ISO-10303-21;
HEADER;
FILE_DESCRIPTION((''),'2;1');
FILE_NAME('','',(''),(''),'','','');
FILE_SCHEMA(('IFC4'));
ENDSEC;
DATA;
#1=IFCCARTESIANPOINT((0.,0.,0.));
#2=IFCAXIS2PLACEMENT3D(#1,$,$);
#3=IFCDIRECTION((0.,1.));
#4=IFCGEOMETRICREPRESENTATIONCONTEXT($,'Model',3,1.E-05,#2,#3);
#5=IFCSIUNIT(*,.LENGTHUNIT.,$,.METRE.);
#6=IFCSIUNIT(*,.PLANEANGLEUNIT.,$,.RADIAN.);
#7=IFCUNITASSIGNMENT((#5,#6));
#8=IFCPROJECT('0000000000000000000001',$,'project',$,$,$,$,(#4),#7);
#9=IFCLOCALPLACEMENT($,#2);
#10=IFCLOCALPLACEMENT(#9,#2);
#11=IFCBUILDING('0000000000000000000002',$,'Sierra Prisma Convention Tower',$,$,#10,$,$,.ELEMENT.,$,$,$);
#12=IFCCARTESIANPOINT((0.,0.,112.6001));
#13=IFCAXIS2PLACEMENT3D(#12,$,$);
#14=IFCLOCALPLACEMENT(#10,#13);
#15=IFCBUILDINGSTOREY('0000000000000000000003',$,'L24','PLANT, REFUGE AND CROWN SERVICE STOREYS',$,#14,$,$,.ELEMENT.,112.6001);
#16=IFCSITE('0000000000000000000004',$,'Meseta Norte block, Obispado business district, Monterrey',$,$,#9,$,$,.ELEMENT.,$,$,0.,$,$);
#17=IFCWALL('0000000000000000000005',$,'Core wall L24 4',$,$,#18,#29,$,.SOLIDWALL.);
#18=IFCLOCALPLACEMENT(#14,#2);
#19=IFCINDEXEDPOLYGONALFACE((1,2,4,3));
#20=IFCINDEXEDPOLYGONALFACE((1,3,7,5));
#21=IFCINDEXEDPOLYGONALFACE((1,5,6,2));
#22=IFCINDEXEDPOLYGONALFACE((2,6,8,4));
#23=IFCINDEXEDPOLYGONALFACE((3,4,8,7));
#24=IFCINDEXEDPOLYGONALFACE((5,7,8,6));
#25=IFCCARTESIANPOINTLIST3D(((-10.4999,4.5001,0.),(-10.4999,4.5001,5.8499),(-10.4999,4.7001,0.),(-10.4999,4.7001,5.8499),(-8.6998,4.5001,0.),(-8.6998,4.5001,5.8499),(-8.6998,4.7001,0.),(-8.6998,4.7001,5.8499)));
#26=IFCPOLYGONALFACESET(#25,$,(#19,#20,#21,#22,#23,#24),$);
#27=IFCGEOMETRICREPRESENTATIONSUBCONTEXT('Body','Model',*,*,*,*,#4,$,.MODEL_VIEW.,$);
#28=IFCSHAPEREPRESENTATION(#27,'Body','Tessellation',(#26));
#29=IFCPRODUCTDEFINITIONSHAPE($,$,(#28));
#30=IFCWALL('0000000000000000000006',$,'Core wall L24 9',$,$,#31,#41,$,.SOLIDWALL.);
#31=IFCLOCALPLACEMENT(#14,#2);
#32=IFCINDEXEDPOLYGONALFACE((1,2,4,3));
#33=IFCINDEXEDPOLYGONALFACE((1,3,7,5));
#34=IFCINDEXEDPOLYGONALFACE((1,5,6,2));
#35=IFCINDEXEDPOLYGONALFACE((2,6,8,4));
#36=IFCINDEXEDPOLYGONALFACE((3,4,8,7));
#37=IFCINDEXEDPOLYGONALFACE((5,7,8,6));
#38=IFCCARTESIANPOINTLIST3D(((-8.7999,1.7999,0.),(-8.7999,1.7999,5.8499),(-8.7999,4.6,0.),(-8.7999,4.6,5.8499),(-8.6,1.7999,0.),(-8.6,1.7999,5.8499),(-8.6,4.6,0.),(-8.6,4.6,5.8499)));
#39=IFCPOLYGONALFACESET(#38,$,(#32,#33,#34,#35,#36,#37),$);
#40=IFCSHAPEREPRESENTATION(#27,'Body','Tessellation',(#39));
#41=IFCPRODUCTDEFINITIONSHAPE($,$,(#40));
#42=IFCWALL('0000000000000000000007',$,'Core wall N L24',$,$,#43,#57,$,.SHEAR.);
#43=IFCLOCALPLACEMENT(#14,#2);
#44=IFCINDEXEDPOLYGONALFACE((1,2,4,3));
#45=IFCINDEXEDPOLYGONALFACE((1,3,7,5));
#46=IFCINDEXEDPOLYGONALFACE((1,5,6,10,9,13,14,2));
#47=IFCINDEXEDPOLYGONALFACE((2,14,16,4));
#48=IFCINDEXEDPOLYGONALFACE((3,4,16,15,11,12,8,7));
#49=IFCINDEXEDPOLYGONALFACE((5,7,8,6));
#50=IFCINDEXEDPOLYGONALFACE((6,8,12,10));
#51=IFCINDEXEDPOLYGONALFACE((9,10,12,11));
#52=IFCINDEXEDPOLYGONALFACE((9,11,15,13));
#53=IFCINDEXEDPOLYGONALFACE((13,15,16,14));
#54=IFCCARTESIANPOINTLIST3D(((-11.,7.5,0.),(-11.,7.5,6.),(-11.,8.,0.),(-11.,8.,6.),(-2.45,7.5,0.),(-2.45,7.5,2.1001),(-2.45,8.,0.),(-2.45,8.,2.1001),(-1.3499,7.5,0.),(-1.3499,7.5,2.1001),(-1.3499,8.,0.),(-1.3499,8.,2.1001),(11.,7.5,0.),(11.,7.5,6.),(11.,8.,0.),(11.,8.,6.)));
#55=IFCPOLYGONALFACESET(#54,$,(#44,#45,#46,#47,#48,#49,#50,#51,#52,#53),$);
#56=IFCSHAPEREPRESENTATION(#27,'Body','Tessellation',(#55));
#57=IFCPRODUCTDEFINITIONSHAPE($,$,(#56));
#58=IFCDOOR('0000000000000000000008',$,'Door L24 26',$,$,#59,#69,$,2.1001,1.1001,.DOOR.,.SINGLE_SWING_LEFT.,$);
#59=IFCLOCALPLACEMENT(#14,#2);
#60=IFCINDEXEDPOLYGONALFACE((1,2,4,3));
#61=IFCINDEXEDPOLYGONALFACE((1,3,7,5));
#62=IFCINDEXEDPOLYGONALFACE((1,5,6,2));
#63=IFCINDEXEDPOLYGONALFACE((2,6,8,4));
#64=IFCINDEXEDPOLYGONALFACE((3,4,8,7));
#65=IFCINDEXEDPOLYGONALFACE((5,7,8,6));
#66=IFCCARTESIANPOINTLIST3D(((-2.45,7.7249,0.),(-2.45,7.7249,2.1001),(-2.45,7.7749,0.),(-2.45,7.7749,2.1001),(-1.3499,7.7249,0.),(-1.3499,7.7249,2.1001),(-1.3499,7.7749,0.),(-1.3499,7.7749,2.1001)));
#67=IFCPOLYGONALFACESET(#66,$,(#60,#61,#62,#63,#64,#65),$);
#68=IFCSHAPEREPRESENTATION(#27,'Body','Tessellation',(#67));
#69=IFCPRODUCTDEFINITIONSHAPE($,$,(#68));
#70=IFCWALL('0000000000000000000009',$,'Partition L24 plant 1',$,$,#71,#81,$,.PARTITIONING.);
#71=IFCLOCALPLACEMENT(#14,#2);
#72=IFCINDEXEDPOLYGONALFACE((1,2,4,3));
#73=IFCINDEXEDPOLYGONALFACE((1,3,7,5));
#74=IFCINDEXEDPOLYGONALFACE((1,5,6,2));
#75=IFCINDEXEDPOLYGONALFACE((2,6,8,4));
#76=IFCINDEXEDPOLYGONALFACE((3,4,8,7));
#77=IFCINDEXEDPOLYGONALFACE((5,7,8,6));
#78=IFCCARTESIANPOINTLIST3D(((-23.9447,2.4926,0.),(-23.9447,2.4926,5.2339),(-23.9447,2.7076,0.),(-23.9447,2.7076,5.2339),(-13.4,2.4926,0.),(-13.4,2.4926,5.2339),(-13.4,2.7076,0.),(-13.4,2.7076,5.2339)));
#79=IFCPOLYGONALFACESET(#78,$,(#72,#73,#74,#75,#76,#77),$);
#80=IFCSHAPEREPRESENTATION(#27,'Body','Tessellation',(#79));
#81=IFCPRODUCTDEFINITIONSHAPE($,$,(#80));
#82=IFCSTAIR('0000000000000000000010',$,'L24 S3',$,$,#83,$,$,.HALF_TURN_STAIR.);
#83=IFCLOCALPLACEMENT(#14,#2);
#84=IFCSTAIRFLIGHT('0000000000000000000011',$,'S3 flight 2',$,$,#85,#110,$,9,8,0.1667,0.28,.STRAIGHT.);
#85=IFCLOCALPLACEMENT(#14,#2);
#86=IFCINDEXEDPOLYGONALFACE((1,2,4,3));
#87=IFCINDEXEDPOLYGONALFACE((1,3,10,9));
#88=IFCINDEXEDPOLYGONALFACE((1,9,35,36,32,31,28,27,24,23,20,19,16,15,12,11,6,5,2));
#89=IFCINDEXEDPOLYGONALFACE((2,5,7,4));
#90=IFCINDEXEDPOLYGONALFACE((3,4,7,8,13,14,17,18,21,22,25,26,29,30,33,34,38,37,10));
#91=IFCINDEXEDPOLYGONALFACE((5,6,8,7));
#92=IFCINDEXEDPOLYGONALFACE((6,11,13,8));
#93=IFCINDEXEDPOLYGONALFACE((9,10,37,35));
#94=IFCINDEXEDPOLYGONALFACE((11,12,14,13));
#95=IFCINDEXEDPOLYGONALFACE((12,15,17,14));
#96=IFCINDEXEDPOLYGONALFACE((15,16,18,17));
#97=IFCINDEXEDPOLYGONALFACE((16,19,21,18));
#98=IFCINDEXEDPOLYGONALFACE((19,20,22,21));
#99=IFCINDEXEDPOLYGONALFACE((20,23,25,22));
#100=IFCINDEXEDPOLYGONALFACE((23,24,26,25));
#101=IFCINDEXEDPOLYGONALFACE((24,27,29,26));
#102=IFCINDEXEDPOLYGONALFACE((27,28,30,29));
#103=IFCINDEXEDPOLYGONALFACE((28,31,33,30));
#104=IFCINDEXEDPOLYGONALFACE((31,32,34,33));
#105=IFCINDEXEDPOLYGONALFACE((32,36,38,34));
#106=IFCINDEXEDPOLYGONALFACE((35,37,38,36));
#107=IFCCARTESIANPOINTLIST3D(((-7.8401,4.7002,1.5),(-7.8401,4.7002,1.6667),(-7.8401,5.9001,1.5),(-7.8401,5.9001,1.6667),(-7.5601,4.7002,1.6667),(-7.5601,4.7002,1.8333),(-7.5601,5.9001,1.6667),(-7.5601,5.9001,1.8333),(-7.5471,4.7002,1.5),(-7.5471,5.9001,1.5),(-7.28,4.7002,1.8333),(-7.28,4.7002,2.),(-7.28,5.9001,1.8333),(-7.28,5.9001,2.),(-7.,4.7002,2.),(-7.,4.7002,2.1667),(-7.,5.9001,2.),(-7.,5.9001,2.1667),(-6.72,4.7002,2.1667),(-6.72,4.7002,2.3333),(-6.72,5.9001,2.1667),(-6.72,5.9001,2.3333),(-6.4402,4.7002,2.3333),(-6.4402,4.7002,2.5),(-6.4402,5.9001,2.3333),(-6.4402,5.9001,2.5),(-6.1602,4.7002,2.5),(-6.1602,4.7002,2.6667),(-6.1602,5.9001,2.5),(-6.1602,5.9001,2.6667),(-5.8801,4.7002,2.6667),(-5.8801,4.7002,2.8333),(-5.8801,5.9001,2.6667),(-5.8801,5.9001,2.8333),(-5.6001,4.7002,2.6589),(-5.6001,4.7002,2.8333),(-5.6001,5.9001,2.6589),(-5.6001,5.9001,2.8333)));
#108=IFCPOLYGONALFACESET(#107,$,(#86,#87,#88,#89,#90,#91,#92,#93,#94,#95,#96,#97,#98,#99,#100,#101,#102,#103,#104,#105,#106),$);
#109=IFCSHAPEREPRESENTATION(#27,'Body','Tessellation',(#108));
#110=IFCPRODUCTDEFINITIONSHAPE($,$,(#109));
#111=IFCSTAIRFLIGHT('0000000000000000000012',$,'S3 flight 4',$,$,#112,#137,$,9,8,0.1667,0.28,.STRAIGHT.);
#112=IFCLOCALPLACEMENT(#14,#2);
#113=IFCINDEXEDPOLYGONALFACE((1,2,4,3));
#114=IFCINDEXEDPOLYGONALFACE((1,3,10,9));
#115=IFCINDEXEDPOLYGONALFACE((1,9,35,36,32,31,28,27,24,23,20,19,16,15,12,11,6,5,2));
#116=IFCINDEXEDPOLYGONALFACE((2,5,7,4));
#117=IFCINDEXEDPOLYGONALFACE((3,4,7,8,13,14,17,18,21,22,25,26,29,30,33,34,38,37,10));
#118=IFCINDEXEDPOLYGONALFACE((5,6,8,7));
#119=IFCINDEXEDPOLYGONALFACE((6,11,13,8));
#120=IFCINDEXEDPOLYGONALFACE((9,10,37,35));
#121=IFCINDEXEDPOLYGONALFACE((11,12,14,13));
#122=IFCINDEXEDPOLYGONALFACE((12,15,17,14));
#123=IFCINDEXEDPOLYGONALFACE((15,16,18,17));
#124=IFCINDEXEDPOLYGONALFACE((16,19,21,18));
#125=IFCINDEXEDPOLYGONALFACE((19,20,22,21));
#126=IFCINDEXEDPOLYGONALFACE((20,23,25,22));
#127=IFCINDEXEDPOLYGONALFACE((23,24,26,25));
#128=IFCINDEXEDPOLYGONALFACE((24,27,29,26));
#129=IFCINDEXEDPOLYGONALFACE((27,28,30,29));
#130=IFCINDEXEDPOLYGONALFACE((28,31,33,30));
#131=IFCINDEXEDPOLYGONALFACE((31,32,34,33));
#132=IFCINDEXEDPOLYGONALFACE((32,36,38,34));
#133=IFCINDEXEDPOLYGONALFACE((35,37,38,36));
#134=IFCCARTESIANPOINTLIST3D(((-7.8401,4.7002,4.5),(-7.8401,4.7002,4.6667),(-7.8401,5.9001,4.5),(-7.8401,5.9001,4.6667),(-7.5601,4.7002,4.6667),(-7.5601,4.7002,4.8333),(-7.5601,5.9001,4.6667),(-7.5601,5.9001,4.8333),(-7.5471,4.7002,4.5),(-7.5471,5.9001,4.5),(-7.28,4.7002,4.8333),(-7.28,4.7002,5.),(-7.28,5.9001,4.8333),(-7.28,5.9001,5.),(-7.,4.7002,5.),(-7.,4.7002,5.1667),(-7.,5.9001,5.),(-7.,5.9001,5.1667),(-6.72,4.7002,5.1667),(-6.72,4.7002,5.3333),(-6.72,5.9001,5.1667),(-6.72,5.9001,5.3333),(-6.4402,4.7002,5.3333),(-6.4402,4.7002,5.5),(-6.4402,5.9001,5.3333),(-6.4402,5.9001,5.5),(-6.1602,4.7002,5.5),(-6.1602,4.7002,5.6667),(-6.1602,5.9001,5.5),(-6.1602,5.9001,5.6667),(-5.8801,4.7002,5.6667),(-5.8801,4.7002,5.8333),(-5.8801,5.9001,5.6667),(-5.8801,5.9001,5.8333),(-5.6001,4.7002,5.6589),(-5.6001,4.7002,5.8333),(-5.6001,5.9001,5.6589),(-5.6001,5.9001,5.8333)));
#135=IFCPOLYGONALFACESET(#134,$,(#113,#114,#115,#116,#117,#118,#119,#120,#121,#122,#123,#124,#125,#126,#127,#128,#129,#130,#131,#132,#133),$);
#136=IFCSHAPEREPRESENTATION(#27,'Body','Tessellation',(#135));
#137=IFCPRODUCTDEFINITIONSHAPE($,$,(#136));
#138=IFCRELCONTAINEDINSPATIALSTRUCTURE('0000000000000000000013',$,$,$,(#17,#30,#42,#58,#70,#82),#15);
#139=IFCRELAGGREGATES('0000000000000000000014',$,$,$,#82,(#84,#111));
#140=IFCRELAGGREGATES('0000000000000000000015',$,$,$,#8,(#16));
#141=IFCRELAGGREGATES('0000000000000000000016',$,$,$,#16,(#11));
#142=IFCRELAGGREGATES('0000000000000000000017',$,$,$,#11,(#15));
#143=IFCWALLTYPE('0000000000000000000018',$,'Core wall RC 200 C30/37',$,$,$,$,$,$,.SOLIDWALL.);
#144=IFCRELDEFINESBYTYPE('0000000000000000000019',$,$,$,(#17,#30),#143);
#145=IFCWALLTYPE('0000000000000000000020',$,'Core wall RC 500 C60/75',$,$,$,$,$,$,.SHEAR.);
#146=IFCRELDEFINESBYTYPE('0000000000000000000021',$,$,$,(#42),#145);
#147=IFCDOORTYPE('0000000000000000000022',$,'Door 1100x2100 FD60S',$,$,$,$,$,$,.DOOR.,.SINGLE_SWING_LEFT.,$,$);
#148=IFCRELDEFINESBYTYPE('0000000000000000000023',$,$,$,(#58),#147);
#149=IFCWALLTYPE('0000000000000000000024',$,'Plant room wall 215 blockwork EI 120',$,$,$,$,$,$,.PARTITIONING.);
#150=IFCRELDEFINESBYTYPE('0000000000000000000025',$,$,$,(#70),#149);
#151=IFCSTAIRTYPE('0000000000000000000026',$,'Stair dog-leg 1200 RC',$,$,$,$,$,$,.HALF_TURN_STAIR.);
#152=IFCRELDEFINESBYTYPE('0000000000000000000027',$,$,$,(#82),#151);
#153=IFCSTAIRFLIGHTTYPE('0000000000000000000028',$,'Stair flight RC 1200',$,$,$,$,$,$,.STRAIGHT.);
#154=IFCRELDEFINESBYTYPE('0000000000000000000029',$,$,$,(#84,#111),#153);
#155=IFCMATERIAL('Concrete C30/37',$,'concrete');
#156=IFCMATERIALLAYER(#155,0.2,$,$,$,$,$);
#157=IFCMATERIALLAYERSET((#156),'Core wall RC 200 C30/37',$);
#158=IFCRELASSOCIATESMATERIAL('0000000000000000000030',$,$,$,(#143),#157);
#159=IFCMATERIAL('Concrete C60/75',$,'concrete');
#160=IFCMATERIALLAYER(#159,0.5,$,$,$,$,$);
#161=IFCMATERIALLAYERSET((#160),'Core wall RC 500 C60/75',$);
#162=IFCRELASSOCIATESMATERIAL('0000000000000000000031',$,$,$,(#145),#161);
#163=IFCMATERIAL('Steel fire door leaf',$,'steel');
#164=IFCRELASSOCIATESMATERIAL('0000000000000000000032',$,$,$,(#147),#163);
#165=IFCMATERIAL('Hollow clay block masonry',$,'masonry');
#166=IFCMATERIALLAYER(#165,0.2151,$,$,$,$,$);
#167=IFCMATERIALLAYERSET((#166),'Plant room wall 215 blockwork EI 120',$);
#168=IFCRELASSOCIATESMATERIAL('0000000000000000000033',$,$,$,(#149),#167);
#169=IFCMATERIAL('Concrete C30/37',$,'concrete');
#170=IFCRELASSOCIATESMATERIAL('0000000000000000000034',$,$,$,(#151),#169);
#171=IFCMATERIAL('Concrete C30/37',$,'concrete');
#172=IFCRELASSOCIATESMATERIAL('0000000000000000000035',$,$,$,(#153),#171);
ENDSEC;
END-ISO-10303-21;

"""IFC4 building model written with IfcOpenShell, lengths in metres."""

from ifc_helpers import new_model, si_unit, direction, frame, frame_2d, origin, place, context, subcontext, project, spatial, polyline, rectangle, outline, extrude, material, layer, layer_set, type_object, element, fill, aggregate, save


model = new_model("IFC4")

# Units and contexts
model_context = context("Model", 3, precision=1e-05, world=origin(), true_north=direction((0.0, 1.0)))
body_context = subcontext(model_context, "Body", "Model", "MODEL_VIEW")
ifc_project = project(units=[si_unit("LENGTHUNIT", "METRE"), si_unit("PLANEANGLEUNIT", "RADIAN")], contexts=[model_context])

# Site, building, storey
site_placement = place(None, origin())
site = spatial("IfcSite", under=ifc_project, at=site_placement, Name="Meseta Norte block, Obispado business district, Monterrey", CompositionType="ELEMENT", RefElevation=0.0)
building_placement = place(site_placement, origin())
building = spatial("IfcBuilding", under=site, at=building_placement, Name="Sierra Prisma Convention Tower", CompositionType="ELEMENT")
storey_placement = place(building_placement, frame((0.0, 0.0, 112.6001)))
storey = spatial("IfcBuildingStorey", under=building, at=storey_placement, Name="L24", Description="PLANT, REFUGE AND CROWN SERVICE STOREYS", CompositionType="ELEMENT", Elevation=112.6001)

# Shared definitions
ifc_material_1 = material(Name="Concrete C30/37", Category="concrete")
ifc_layer_1 = layer(ifc_material_1, 0.2)
ifc_layer_set_1 = layer_set([ifc_layer_1], Name="Core wall RC 200 C30/37")
wall_type_1 = type_object("IfcWallType", Name="Core wall RC 200 C30/37", PredefinedType="SOLIDWALL", material=ifc_layer_set_1)

# Walls
wall_1_placement = place(storey_placement, frame((-8.7, 4.6001, 0.0), z_axis=(0.0, 0.0, 1.0), x_axis=(-1.0, 0.0, 0.0)))
element("IfcWall", 1, at=wall_1_placement, inside=storey, type_object=wall_type_1, Name="Core wall L24 4", PredefinedType="SOLIDWALL", context=body_context, shape_type="SweptSolid", body=[
    extrude(rectangle(XDim=1.8, YDim=0.2, at=frame_2d((0.8999, 0.0))), origin(), (0.0, 0.0, 1.0), 5.8499),
])
wall_2_placement = place(storey_placement, frame((-8.7, 1.8, 0.0), z_axis=(0.0, 0.0, 1.0), x_axis=(0.0, 1.0, 0.0)))
element("IfcWall", 2, at=wall_2_placement, inside=storey, type_object=wall_type_1, Name="Core wall L24 9", PredefinedType="SOLIDWALL", context=body_context, shape_type="SweptSolid", body=[
    extrude(rectangle(XDim=2.8, YDim=0.2, at=frame_2d((1.3999, 0.0))), origin(), (0.0, 0.0, 1.0), 5.8499),
])

# Wall, opening, door
ifc_material_2 = material(Name="Concrete C60/75", Category="concrete")
ifc_layer_2 = layer(ifc_material_2, 0.5)
ifc_layer_set_2 = layer_set([ifc_layer_2], Name="Core wall RC 500 C60/75")
wall_type_2 = type_object("IfcWallType", Name="Core wall RC 500 C60/75", PredefinedType="SHEAR", material=ifc_layer_set_2)
wall_3_placement = place(storey_placement, frame((-11.0, 7.75, 0.0), z_axis=(0.0, 0.0, 1.0), x_axis=(1.0, 0.0, 0.0)))
wall_3 = element("IfcWall", 3, at=wall_3_placement, inside=storey, type_object=wall_type_2, Name="Core wall N L24", PredefinedType="SHEAR", context=body_context, shape_type="SweptSolid", body=[
    extrude(rectangle(XDim=22.0, YDim=0.5, at=frame_2d((11.0, 0.0))), origin(), (0.0, 0.0, 1.0), 6.0),
])
opening_1_placement = place(wall_3_placement, frame((8.55, 0.0, 0.0)))
opening_1 = element("IfcOpeningElement", 4, at=opening_1_placement, cuts=wall_3, PredefinedType="OPENING", context=body_context, shape_type="SweptSolid", body=[
    extrude(rectangle(XDim=1.1001, YDim=2.1001, at=frame_2d((0.55, 1.05))), frame((0.0, 0.25, 0.0), z_axis=(0.0, -1.0, 0.0), x_axis=(1.0, 0.0, 0.0)), (0.0, 0.0, 1.0), 0.5),
])
ifc_material_3 = material(Name="Steel fire door leaf", Category="steel")
door_type_1 = type_object("IfcDoorType", Name="Door 1100x2100 FD60S", OperationType="SINGLE_SWING_LEFT", PredefinedType="DOOR", material=ifc_material_3)
door_1_placement = place(opening_1_placement, origin())
door_1 = element("IfcDoor", 5, at=door_1_placement, inside=storey, type_object=door_type_1, Name="Door L24 26", OperationType="SINGLE_SWING_LEFT", OverallHeight=2.1001, OverallWidth=1.1001, PredefinedType="DOOR", context=body_context, shape_type="SweptSolid", body=[
    extrude(rectangle(XDim=1.1001, YDim=2.1001, at=frame_2d((0.55, 1.05))), frame((0.0, 0.0249, 0.0), z_axis=(0.0, -1.0, 0.0), x_axis=(1.0, 0.0, 0.0)), (0.0, 0.0, 1.0), 0.05),
])
fill(opening_1, door_1)

# Wall
ifc_material_4 = material(Name="Hollow clay block masonry", Category="masonry")
ifc_layer_3 = layer(ifc_material_4, 0.2151)
ifc_layer_set_3 = layer_set([ifc_layer_3], Name="Plant room wall 215 blockwork EI 120")
wall_type_3 = type_object("IfcWallType", Name="Plant room wall 215 blockwork EI 120", PredefinedType="PARTITIONING", material=ifc_layer_set_3)
wall_4_placement = place(storey_placement, frame((-13.3999, 2.6001, 0.0), z_axis=(0.0, 0.0, 1.0), x_axis=(-1.0, 0.0, 0.0)))
element("IfcWall", 6, at=wall_4_placement, inside=storey, type_object=wall_type_3, Name="Partition L24 plant 1", PredefinedType="PARTITIONING", context=body_context, shape_type="SweptSolid", body=[
    extrude(rectangle(XDim=10.5447, YDim=0.2151, at=frame_2d((5.2725, 0.0))), origin(), (0.0, 0.0, 1.0), 5.2339),
])

# Stair, stair flights
ifc_material_5 = material(Name="Concrete C30/37", Category="concrete")
stair_type = type_object("IfcStairType", Name="Stair dog-leg 1200 RC", PredefinedType="HALF_TURN_STAIR", material=ifc_material_5)
stair_placement = place(storey_placement, origin())
stair = element("IfcStair", 7, at=stair_placement, inside=storey, type_object=stair_type, Name="L24 S3", PredefinedType="HALF_TURN_STAIR")
ifc_material_6 = material(Name="Concrete C30/37", Category="concrete")
stair_flight_type = type_object("IfcStairFlightType", Name="Stair flight RC 1200", PredefinedType="STRAIGHT", material=ifc_material_6)
stair_flight_1_placement = place(storey_placement, frame((-7.8401, 5.3, 1.5), z_axis=(0.0, 0.0, 1.0), x_axis=(1.0, 0.0, 0.0)))
stair_flight_1 = element("IfcStairFlight", 8, at=stair_flight_1_placement, type_object=stair_flight_type, Name="S3 flight 2", NumberOfRisers=9, NumberOfTreads=8, PredefinedType="STRAIGHT", RiserHeight=0.1667, TreadLength=0.28, context=body_context, shape_type="SweptSolid", body=[
    extrude(outline(polyline([(0.0, 0.0), (0.0, 0.1667), (0.28, 0.1667), (0.28, 0.3333), (0.5601, 0.3333), (0.5601, 0.5), (0.8401, 0.5), (0.8401, 0.6667), (1.1201, 0.6667), (1.1201, 0.8333), (1.3999, 0.8333), (1.3999, 1.0), (1.6799, 1.0), (1.6799, 1.1667), (1.96, 1.1667), (1.96, 1.3333), (2.24, 1.3333), (2.24, 1.5), (2.24, 1.1589), (0.293, 0.0), (0.0, 0.0)])), frame((0.0, 0.6001, 0.0), z_axis=(0.0, -1.0, 0.0), x_axis=(1.0, 0.0, 0.0)), (0.0, 0.0, 1.0), 1.2),
])
stair_flight_2_placement = place(storey_placement, frame((-7.8401, 5.3, 4.5), z_axis=(0.0, 0.0, 1.0), x_axis=(1.0, 0.0, 0.0)))
stair_flight_2 = element("IfcStairFlight", 9, at=stair_flight_2_placement, type_object=stair_flight_type, Name="S3 flight 4", NumberOfRisers=9, NumberOfTreads=8, PredefinedType="STRAIGHT", RiserHeight=0.1667, TreadLength=0.28, context=body_context, shape_type="SweptSolid", body=[
    extrude(outline(polyline([(0.0, 0.0), (0.0, 0.1667), (0.28, 0.1667), (0.28, 0.3333), (0.5601, 0.3333), (0.5601, 0.5), (0.8401, 0.5), (0.8401, 0.6667), (1.1201, 0.6667), (1.1201, 0.8333), (1.3999, 0.8333), (1.3999, 1.0), (1.6799, 1.0), (1.6799, 1.1667), (1.96, 1.1667), (1.96, 1.3333), (2.24, 1.3333), (2.24, 1.5), (2.24, 1.1589), (0.293, 0.0), (0.0, 0.0)])), frame((0.0, 0.6001, 0.0), z_axis=(0.0, -1.0, 0.0), x_axis=(1.0, 0.0, 0.0)), (0.0, 0.0, 1.0), 1.2),
])
aggregate(stair, [stair_flight_1, stair_flight_2])

save(model, "model.ifc")
